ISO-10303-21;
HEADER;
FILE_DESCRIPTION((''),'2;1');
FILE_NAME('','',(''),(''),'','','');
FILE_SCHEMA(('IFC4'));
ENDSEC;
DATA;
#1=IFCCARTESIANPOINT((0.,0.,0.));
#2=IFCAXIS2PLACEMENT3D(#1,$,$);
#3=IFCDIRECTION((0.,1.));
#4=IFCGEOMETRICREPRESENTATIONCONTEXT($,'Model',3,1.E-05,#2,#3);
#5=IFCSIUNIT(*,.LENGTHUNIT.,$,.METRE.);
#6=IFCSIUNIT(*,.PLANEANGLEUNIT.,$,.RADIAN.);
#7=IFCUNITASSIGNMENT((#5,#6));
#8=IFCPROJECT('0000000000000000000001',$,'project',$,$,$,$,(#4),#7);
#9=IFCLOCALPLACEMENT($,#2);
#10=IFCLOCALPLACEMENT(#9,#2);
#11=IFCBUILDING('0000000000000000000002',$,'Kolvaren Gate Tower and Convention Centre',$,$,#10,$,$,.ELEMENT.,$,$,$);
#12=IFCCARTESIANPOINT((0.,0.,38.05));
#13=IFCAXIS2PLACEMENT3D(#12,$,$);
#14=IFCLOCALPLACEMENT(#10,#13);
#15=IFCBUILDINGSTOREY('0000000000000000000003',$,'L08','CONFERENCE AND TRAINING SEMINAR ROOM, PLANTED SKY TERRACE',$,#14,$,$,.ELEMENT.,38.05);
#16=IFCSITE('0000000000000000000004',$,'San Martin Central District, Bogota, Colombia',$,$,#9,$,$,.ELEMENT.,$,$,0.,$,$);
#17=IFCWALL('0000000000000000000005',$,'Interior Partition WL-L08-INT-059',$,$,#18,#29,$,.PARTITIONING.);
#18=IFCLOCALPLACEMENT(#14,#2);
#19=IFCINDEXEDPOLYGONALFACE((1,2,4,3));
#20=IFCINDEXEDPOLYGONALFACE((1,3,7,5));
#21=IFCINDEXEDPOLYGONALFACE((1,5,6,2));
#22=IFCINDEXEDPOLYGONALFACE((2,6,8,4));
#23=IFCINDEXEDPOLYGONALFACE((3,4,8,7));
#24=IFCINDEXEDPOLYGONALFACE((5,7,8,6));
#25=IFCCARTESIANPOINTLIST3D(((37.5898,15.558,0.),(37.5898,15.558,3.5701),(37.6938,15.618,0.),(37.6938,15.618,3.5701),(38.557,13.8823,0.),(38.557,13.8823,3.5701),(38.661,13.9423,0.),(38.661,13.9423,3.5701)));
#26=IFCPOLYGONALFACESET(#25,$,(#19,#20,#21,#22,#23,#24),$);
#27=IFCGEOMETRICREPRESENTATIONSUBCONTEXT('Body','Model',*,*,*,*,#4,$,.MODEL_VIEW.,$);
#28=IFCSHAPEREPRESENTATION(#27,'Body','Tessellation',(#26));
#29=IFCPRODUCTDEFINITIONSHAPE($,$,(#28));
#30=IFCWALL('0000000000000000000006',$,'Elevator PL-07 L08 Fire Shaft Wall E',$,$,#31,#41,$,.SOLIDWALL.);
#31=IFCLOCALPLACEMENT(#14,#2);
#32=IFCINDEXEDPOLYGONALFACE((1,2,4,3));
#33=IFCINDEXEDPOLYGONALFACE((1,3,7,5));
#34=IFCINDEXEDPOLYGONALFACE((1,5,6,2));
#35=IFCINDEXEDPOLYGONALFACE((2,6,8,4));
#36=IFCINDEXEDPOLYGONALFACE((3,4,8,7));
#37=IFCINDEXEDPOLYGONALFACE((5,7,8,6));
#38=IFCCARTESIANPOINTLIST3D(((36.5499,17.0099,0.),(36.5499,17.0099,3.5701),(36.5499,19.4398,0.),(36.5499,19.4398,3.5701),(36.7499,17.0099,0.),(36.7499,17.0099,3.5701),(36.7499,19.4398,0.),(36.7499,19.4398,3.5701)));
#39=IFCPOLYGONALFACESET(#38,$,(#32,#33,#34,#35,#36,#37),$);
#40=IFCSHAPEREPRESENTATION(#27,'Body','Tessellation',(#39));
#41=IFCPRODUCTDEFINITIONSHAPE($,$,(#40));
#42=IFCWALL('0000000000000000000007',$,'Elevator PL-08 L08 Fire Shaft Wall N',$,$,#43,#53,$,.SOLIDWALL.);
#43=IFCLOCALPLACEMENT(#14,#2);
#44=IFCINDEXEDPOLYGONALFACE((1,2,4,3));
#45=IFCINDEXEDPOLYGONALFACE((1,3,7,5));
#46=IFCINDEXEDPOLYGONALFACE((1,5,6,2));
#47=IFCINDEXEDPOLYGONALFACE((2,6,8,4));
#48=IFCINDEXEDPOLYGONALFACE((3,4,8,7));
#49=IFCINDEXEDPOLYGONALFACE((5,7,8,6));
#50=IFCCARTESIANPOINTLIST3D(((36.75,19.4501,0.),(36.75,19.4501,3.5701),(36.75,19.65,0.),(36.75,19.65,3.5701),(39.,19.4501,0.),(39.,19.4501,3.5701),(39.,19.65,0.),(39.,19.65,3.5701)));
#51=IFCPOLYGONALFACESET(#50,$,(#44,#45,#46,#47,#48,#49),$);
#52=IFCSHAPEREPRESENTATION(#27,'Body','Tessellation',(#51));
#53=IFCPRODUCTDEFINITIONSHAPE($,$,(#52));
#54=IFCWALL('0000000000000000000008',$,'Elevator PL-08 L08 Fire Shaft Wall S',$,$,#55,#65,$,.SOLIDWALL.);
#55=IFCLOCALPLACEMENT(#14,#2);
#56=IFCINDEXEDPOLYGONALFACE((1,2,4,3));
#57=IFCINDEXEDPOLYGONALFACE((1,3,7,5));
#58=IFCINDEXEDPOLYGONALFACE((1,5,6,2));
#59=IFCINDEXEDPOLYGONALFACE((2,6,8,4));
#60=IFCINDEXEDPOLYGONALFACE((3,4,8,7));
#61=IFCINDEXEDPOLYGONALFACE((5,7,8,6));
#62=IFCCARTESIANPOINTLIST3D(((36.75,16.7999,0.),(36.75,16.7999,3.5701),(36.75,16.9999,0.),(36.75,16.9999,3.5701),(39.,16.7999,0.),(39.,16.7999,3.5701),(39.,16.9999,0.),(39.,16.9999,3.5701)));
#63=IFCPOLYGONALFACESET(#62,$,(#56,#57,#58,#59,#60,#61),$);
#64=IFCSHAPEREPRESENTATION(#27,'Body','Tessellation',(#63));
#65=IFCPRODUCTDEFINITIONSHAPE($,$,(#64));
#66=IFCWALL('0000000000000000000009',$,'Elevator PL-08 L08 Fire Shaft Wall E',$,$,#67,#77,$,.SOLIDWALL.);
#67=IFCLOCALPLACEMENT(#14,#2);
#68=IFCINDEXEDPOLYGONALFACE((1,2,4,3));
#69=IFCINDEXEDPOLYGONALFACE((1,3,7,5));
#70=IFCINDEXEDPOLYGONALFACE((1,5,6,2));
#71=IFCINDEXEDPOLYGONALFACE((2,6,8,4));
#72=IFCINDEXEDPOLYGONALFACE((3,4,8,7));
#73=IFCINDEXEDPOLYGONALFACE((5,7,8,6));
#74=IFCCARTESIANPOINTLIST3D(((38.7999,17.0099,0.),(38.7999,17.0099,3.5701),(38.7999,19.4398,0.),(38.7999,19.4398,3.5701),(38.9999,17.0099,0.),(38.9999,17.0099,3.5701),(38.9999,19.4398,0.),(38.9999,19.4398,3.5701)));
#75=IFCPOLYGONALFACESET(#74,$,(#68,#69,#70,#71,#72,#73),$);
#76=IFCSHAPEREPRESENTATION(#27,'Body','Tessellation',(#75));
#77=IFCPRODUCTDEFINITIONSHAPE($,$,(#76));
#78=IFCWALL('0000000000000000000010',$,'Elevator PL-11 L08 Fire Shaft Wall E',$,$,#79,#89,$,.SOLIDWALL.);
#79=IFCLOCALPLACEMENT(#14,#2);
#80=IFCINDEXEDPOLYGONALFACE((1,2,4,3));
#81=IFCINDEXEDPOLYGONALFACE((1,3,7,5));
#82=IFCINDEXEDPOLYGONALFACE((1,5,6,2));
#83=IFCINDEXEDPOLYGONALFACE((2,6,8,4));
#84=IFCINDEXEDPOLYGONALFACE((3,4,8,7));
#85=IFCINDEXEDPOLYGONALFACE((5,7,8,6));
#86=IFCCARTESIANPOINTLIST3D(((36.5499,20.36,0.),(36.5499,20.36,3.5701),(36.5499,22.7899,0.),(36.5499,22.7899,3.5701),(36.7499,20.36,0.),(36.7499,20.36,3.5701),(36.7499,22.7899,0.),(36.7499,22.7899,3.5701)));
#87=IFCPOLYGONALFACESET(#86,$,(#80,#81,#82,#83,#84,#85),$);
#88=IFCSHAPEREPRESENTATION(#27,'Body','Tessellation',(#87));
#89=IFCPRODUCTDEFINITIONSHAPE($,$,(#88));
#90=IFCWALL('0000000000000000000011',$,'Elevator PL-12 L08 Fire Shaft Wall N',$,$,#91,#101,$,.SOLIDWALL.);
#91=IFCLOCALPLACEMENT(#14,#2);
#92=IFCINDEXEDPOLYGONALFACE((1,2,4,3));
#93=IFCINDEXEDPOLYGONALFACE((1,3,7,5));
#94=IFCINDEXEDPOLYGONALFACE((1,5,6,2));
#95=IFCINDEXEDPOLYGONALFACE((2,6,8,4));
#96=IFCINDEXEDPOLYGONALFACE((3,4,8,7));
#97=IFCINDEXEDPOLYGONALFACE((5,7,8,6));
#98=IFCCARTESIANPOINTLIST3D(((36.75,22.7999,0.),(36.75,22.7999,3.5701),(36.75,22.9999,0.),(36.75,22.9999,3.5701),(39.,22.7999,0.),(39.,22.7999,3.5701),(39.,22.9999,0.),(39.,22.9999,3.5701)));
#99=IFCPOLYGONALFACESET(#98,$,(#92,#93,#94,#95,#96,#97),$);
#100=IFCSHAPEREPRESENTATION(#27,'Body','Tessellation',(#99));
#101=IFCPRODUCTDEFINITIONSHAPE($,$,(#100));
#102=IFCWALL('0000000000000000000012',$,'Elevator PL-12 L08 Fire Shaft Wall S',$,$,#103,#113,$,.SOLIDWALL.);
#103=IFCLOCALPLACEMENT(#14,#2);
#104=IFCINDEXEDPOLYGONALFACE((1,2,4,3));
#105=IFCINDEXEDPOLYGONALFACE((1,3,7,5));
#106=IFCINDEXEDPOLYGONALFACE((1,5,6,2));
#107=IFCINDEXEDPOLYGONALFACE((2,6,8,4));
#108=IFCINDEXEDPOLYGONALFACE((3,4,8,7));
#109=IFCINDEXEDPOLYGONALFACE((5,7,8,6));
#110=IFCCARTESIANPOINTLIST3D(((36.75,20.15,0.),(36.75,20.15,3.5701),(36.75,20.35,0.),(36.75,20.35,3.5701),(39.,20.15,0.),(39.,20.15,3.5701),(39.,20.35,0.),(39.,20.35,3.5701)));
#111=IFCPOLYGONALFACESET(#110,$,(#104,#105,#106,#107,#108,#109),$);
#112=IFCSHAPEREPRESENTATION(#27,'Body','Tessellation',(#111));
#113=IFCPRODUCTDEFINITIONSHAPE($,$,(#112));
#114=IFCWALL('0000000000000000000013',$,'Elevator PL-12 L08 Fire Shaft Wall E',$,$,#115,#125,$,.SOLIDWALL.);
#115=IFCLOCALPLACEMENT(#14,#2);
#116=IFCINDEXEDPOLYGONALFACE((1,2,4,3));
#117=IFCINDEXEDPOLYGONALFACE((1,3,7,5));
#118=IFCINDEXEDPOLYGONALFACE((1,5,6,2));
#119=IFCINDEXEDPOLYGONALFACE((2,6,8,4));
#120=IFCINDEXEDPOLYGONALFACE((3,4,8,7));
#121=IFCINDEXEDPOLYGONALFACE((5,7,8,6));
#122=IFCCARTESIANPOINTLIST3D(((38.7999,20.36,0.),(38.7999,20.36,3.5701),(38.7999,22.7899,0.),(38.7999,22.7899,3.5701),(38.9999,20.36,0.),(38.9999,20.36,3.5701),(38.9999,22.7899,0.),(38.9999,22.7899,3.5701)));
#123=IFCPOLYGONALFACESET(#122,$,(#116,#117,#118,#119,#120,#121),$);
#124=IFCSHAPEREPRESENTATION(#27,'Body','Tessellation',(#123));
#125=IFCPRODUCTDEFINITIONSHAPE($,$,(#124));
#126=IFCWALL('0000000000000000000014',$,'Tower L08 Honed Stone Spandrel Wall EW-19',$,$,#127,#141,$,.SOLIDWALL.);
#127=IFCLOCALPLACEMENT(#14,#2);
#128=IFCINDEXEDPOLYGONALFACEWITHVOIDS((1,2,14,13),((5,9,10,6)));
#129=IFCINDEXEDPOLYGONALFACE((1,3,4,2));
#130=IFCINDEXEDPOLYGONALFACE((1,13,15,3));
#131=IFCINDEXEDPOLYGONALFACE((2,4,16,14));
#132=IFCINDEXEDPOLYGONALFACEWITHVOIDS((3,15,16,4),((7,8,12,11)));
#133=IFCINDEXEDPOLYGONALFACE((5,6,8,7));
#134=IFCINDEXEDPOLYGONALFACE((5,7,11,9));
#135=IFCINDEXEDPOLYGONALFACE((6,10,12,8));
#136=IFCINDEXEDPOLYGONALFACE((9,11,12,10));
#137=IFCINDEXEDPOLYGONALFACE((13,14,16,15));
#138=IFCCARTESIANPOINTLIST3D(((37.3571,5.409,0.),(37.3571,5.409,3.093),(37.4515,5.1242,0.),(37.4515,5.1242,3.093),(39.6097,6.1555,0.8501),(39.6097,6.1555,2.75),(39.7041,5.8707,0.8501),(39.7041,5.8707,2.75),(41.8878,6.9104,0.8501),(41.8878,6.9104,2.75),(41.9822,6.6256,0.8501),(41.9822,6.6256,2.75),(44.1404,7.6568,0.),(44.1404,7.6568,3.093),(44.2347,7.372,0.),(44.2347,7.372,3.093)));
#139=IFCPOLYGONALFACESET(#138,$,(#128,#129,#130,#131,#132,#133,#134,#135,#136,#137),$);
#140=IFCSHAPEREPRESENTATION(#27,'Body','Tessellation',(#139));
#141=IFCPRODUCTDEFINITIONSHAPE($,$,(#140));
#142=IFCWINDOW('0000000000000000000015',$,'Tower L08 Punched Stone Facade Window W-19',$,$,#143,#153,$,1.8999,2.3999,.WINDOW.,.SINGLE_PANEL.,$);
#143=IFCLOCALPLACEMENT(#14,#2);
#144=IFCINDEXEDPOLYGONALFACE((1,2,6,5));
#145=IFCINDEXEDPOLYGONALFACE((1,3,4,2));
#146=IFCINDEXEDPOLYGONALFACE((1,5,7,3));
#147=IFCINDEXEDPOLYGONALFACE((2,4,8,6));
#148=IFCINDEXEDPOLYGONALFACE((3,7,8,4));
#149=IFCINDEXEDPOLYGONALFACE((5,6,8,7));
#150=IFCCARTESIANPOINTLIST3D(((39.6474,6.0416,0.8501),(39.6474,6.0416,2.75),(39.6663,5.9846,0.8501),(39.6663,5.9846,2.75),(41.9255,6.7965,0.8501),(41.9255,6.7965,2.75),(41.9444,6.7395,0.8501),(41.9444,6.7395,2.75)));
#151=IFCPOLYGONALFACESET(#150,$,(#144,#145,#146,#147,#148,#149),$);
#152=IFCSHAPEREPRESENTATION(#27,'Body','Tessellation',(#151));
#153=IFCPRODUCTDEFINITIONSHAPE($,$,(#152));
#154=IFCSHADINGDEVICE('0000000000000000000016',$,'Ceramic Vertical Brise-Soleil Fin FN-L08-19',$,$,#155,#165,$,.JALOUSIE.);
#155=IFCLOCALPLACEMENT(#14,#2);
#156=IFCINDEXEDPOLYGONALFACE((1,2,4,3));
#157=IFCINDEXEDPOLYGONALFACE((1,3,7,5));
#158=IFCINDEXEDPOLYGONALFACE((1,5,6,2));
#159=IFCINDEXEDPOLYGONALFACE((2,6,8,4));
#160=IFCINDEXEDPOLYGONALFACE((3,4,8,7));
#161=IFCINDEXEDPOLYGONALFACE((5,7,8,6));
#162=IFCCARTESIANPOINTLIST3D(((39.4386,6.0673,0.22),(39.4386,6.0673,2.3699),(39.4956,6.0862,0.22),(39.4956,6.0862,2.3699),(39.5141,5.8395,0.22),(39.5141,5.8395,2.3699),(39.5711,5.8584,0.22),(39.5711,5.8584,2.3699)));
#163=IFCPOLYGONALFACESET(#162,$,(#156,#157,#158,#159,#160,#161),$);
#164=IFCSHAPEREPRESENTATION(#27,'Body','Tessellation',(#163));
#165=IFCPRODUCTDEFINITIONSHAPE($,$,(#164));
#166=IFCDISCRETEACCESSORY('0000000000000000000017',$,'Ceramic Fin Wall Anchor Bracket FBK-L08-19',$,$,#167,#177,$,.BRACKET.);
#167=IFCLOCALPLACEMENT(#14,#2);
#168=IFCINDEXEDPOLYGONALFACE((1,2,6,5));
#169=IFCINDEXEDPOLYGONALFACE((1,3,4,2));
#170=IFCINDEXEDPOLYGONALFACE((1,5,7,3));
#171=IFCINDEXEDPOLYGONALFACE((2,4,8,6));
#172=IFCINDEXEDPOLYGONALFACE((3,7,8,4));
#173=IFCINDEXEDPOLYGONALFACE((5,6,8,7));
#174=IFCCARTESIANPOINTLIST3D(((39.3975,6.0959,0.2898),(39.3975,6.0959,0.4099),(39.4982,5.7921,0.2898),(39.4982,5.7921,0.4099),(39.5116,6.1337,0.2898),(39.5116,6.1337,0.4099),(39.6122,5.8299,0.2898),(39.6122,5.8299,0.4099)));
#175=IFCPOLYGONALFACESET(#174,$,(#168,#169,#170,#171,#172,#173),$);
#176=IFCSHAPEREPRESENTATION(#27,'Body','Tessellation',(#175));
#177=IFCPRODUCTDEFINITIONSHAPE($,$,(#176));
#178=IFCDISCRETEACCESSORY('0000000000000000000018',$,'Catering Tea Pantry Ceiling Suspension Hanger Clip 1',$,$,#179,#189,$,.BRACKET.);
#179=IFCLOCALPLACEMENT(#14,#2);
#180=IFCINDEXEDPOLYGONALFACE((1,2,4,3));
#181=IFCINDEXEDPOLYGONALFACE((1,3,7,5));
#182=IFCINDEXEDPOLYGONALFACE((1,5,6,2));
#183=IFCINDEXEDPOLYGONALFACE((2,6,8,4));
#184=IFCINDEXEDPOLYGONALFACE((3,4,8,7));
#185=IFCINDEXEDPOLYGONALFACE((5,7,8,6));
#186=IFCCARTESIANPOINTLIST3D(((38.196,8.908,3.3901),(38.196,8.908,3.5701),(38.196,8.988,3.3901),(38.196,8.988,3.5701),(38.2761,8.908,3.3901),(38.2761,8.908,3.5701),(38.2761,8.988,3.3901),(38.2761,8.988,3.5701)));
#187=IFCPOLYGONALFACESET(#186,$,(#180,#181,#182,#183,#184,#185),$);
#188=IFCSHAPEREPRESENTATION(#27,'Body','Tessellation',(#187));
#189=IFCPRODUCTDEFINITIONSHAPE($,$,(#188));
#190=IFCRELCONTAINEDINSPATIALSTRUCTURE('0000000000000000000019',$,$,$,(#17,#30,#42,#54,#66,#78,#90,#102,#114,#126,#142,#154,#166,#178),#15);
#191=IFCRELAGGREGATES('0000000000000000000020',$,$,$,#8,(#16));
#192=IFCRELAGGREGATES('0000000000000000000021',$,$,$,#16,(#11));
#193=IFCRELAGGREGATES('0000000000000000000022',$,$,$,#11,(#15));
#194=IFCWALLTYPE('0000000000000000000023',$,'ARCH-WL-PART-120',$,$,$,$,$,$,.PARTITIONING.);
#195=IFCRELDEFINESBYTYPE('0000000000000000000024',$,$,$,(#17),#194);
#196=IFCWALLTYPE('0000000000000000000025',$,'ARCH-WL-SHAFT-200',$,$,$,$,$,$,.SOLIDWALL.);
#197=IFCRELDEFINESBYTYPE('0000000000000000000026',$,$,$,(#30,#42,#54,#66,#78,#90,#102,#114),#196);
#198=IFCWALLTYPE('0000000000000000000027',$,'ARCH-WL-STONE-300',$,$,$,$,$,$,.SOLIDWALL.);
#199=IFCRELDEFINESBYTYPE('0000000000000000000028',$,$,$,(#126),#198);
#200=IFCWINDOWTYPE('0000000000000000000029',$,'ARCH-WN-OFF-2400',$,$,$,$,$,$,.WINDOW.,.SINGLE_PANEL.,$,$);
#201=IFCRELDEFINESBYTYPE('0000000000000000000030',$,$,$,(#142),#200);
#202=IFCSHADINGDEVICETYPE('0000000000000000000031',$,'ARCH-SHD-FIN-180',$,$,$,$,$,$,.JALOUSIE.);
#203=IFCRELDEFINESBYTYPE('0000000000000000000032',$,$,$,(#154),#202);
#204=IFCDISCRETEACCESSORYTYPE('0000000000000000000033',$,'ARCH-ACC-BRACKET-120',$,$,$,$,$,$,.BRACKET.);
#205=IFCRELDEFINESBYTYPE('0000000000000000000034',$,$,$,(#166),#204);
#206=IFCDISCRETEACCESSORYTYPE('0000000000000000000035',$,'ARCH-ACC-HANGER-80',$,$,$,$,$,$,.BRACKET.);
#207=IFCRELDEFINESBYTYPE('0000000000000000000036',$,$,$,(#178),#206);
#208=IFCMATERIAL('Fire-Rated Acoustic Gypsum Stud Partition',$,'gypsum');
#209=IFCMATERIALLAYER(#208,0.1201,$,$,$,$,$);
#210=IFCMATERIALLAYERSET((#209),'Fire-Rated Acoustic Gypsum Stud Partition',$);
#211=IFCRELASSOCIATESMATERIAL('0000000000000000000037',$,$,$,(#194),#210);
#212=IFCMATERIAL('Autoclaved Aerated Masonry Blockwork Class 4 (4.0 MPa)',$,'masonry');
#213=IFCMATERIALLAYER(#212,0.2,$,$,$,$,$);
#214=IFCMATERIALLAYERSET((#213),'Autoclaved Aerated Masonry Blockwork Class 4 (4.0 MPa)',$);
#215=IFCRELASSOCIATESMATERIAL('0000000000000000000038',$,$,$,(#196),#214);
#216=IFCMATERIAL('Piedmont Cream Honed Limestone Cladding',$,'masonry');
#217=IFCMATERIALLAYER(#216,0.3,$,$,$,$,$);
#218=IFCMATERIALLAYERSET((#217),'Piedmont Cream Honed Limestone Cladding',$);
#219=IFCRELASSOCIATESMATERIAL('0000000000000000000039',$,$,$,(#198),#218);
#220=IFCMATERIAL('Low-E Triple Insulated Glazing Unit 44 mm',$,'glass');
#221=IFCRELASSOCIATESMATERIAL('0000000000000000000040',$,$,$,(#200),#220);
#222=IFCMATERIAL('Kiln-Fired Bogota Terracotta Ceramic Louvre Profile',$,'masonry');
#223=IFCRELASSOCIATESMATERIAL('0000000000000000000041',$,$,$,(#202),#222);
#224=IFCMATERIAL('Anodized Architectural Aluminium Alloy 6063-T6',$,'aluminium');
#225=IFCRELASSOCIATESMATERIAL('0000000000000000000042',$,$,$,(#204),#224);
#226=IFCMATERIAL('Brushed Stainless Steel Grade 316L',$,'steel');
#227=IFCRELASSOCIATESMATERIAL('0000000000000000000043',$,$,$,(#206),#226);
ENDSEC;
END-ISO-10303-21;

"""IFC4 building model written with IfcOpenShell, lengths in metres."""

from ifc_helpers import new_model, si_unit, direction, frame, frame_2d, origin, origin_2d, place, context, subcontext, project, spatial, rectangle, extrude, material, layer, layer_set, type_object, element, fill, save


model = new_model("IFC4")

# Units and contexts
model_context = context("Model", 3, precision=1e-05, world=origin(), true_north=direction((0.0, 1.0)))
body_context = subcontext(model_context, "Body", "Model", "MODEL_VIEW")
ifc_project = project(units=[si_unit("LENGTHUNIT", "METRE"), si_unit("PLANEANGLEUNIT", "RADIAN")], contexts=[model_context])

# Site, building, storey
site_placement = place(None, origin())
site = spatial("IfcSite", under=ifc_project, at=site_placement, Name="San Martin Central District, Bogota, Colombia", CompositionType="ELEMENT", RefElevation=0.0)
building_placement = place(site_placement, origin())
building = spatial("IfcBuilding", under=site, at=building_placement, Name="Kolvaren Gate Tower and Convention Centre", CompositionType="ELEMENT")
storey_placement = place(building_placement, frame((0.0, 0.0, 38.05)))
storey = spatial("IfcBuildingStorey", under=building, at=storey_placement, Name="L08", Description="CONFERENCE AND TRAINING SEMINAR ROOM, PLANTED SKY TERRACE", CompositionType="ELEMENT", Elevation=38.05)

# Shared definitions
ifc_material_1 = material(Name="Fire-Rated Acoustic Gypsum Stud Partition", Category="gypsum")
ifc_layer_1 = layer(ifc_material_1, 0.1201)
ifc_layer_set_1 = layer_set([ifc_layer_1], Name="Fire-Rated Acoustic Gypsum Stud Partition")
wall_type_1 = type_object("IfcWallType", Name="ARCH-WL-PART-120", PredefinedType="PARTITIONING", material=ifc_layer_set_1)

# Walls
wall_1_placement = place(storey_placement, frame((37.6418, 15.5879, 0.0), z_axis=(0.0, 0.0, 1.0), x_axis=(0.499912, -0.866076, 0.0)))
element("IfcWall", 1, at=wall_1_placement, inside=storey, type_object=wall_type_1, Name="Interior Partition WL-L08-INT-059", PredefinedType="PARTITIONING", context=body_context, shape_type="SweptSolid", body=[
    extrude(rectangle(XDim=1.9348, YDim=0.1201, at=frame_2d((0.9673, 0.0))), origin(), (0.0, 0.0, 1.0), 3.5701),
])
ifc_material_2 = material(Name="Autoclaved Aerated Masonry Blockwork Class 4 (4.0 MPa)", Category="masonry")
ifc_layer_2 = layer(ifc_material_2, 0.2)
ifc_layer_set_2 = layer_set([ifc_layer_2], Name="Autoclaved Aerated Masonry Blockwork Class 4 (4.0 MPa)")
wall_type_2 = type_object("IfcWallType", Name="ARCH-WL-SHAFT-200", PredefinedType="SOLIDWALL", material=ifc_layer_set_2)
wall_2_placement = place(storey_placement, frame((36.6499, 17.01, 0.0), z_axis=(0.0, 0.0, 1.0), x_axis=(0.0, 1.0, 0.0)))
element("IfcWall", 2, at=wall_2_placement, inside=storey, type_object=wall_type_2, Name="Elevator PL-07 L08 Fire Shaft Wall E", PredefinedType="SOLIDWALL", context=body_context, shape_type="SweptSolid", body=[
    extrude(rectangle(XDim=2.4299, YDim=0.2, at=frame_2d((1.2148, 0.0))), origin(), (0.0, 0.0, 1.0), 3.5701),
])
for number, where, z_axis, x_axis, name in (
    (3, (36.75, 19.55, 0.0), (0.0, 0.0, 1.0), (1.0, 0.0, 0.0), "Elevator PL-08 L08 Fire Shaft Wall N"),
    (4, (36.75, 16.8999, 0.0), (0.0, 0.0, 1.0), (1.0, 0.0, 0.0), "Elevator PL-08 L08 Fire Shaft Wall S"),
):
    element("IfcWall", number, at=place(storey_placement, frame(where, z_axis=z_axis, x_axis=x_axis)), inside=storey, type_object=wall_type_2, Name=name, PredefinedType="SOLIDWALL", context=body_context, shape_type="SweptSolid", body=[
        extrude(rectangle(XDim=2.25, YDim=0.2, at=frame_2d((1.125, 0.0))), origin(), (0.0, 0.0, 1.0), 3.5701),
    ])
for number, where, z_axis, x_axis, name in (
    (5, (38.8999, 17.01, 0.0), (0.0, 0.0, 1.0), (0.0, 1.0, 0.0), "Elevator PL-08 L08 Fire Shaft Wall E"),
    (6, (36.6499, 20.3601, 0.0), (0.0, 0.0, 1.0), (0.0, 1.0, 0.0), "Elevator PL-11 L08 Fire Shaft Wall E"),
):
    element("IfcWall", number, at=place(storey_placement, frame(where, z_axis=z_axis, x_axis=x_axis)), inside=storey, type_object=wall_type_2, Name=name, PredefinedType="SOLIDWALL", context=body_context, shape_type="SweptSolid", body=[
        extrude(rectangle(XDim=2.4299, YDim=0.2, at=frame_2d((1.2148, 0.0))), origin(), (0.0, 0.0, 1.0), 3.5701),
    ])
for number, where, z_axis, x_axis, name in (
    (7, (36.75, 22.8999, 0.0), (0.0, 0.0, 1.0), (1.0, 0.0, 0.0), "Elevator PL-12 L08 Fire Shaft Wall N"),
    (8, (36.75, 20.25, 0.0), (0.0, 0.0, 1.0), (1.0, 0.0, 0.0), "Elevator PL-12 L08 Fire Shaft Wall S"),
):
    element("IfcWall", number, at=place(storey_placement, frame(where, z_axis=z_axis, x_axis=x_axis)), inside=storey, type_object=wall_type_2, Name=name, PredefinedType="SOLIDWALL", context=body_context, shape_type="SweptSolid", body=[
        extrude(rectangle(XDim=2.25, YDim=0.2, at=frame_2d((1.125, 0.0))), origin(), (0.0, 0.0, 1.0), 3.5701),
    ])
wall_3_placement = place(storey_placement, frame((38.8999, 20.3601, 0.0), z_axis=(0.0, 0.0, 1.0), x_axis=(0.0, 1.0, 0.0)))
element("IfcWall", 9, at=wall_3_placement, inside=storey, type_object=wall_type_2, Name="Elevator PL-12 L08 Fire Shaft Wall E", PredefinedType="SOLIDWALL", context=body_context, shape_type="SweptSolid", body=[
    extrude(rectangle(XDim=2.4299, YDim=0.2, at=frame_2d((1.2148, 0.0))), origin(), (0.0, 0.0, 1.0), 3.5701),
])

# Wall, opening, window
ifc_material_3 = material(Name="Piedmont Cream Honed Limestone Cladding", Category="masonry")
ifc_layer_3 = layer(ifc_material_3, 0.3)
ifc_layer_set_3 = layer_set([ifc_layer_3], Name="Piedmont Cream Honed Limestone Cladding")
wall_type_3 = type_object("IfcWallType", Name="ARCH-WL-STONE-300", PredefinedType="SOLIDWALL", material=ifc_layer_set_3)
wall_4_placement = place(storey_placement, frame((37.4043, 5.2666, 0.0), z_axis=(0.0, 0.0, 1.0), x_axis=(0.949239, 0.314557, 0.0)))
wall_4 = element("IfcWall", 10, at=wall_4_placement, inside=storey, type_object=wall_type_3, Name="Tower L08 Honed Stone Spandrel Wall EW-19", PredefinedType="SOLIDWALL", context=body_context, shape_type="SweptSolid", body=[
    extrude(rectangle(XDim=7.146, YDim=0.3, at=frame_2d((3.573, 0.0))), origin(), (0.0, 0.0, 1.0), 3.093),
])
opening_1_placement = place(wall_4_placement, frame((2.373, 0.0, 0.8501)))
opening_1 = element("IfcOpeningElement", 11, at=opening_1_placement, cuts=wall_4, PredefinedType="OPENING", context=body_context, shape_type="SweptSolid", body=[
    extrude(rectangle(XDim=2.3999, YDim=1.8999, at=frame_2d((1.2, 0.95))), frame((0.0, 0.1599, 0.0), z_axis=(0.0, -1.0, 0.0), x_axis=(1.0, 0.0, 0.0)), (0.0, 0.0, 1.0), 0.3201),
])
ifc_material_4 = material(Name="Low-E Triple Insulated Glazing Unit 44 mm", Category="glass")
window_type = type_object("IfcWindowType", Name="ARCH-WN-OFF-2400", PartitioningType="SINGLE_PANEL", PredefinedType="WINDOW", material=ifc_material_4)
window_placement = place(opening_1_placement, origin())
window = element("IfcWindow", 12, at=window_placement, inside=storey, type_object=window_type, Name="Tower L08 Punched Stone Facade Window W-19", OverallHeight=1.8999, OverallWidth=2.3999, PartitioningType="SINGLE_PANEL", PredefinedType="WINDOW", context=body_context, shape_type="SweptSolid", body=[
    extrude(rectangle(XDim=2.3999, YDim=1.8999, at=frame_2d((1.2, 0.95))), frame((0.0, 0.03, 0.0), z_axis=(0.0, -1.0, 0.0), x_axis=(1.0, 0.0, 0.0)), (0.0, 0.0, 1.0), 0.0601),
])
fill(opening_1, window)

# Shading device
ifc_material_5 = material(Name="Kiln-Fired Bogota Terracotta Ceramic Louvre Profile", Category="masonry")
shading_device_type = type_object("IfcShadingDeviceType", Name="ARCH-SHD-FIN-180", PredefinedType="JALOUSIE", material=ifc_material_5)
shading_device_placement = place(storey_placement, frame((39.5049, 5.9629, 0.22), z_axis=(0.0, 0.0, 1.0), x_axis=(0.949243, 0.314544, 0.0)))
element("IfcShadingDevice", 13, at=shading_device_placement, inside=storey, type_object=shading_device_type, Name="Ceramic Vertical Brise-Soleil Fin FN-L08-19", PredefinedType="JALOUSIE", context=body_context, shape_type="SweptSolid", body=[
    extrude(rectangle(XDim=0.0601, YDim=0.24, at=origin_2d()), origin(), (0.0, 0.0, 1.0), 2.1499),
])

# Discrete accessories
ifc_material_6 = material(Name="Anodized Architectural Aluminium Alloy 6063-T6", Category="aluminium")
discrete_accessory_type_1 = type_object("IfcDiscreteAccessoryType", Name="ARCH-ACC-BRACKET-120", PredefinedType="BRACKET", material=ifc_material_6)
discrete_accessory_placement = place(storey_placement, frame((39.5049, 5.9629, 0.2898), z_axis=(0.0, 0.0, 1.0), x_axis=(0.949243, 0.314544, 0.0)))
element("IfcDiscreteAccessory", 14, at=discrete_accessory_placement, inside=storey, type_object=discrete_accessory_type_1, Name="Ceramic Fin Wall Anchor Bracket FBK-L08-19", PredefinedType="BRACKET", context=body_context, shape_type="SweptSolid", body=[
    extrude(rectangle(XDim=0.1201, YDim=0.3201, at=origin_2d()), origin(), (0.0, 0.0, 1.0), 0.1201),
])
ifc_material_7 = material(Name="Brushed Stainless Steel Grade 316L", Category="steel")
discrete_accessory_type_2 = type_object("IfcDiscreteAccessoryType", Name="ARCH-ACC-HANGER-80", PredefinedType="BRACKET", material=ifc_material_7)
for number, where, z_axis, x_axis, name in (
    (15, (38.2361, 8.948, 3.3901), (0.0, 0.0, 1.0), (1.0, 0.0, 0.0), "Catering Tea Pantry Ceiling Suspension Hanger Clip 1"),
):
    element("IfcDiscreteAccessory", number, at=place(storey_placement, frame(where, z_axis=z_axis, x_axis=x_axis)), inside=storey, type_object=discrete_accessory_type_2, Name=name, PredefinedType="BRACKET", context=body_context, shape_type="SweptSolid", body=[
        extrude(rectangle(XDim=0.0801, YDim=0.0801, at=origin_2d()), origin(), (0.0, 0.0, 1.0), 0.1799),
    ])

save(model, "model.ifc")
